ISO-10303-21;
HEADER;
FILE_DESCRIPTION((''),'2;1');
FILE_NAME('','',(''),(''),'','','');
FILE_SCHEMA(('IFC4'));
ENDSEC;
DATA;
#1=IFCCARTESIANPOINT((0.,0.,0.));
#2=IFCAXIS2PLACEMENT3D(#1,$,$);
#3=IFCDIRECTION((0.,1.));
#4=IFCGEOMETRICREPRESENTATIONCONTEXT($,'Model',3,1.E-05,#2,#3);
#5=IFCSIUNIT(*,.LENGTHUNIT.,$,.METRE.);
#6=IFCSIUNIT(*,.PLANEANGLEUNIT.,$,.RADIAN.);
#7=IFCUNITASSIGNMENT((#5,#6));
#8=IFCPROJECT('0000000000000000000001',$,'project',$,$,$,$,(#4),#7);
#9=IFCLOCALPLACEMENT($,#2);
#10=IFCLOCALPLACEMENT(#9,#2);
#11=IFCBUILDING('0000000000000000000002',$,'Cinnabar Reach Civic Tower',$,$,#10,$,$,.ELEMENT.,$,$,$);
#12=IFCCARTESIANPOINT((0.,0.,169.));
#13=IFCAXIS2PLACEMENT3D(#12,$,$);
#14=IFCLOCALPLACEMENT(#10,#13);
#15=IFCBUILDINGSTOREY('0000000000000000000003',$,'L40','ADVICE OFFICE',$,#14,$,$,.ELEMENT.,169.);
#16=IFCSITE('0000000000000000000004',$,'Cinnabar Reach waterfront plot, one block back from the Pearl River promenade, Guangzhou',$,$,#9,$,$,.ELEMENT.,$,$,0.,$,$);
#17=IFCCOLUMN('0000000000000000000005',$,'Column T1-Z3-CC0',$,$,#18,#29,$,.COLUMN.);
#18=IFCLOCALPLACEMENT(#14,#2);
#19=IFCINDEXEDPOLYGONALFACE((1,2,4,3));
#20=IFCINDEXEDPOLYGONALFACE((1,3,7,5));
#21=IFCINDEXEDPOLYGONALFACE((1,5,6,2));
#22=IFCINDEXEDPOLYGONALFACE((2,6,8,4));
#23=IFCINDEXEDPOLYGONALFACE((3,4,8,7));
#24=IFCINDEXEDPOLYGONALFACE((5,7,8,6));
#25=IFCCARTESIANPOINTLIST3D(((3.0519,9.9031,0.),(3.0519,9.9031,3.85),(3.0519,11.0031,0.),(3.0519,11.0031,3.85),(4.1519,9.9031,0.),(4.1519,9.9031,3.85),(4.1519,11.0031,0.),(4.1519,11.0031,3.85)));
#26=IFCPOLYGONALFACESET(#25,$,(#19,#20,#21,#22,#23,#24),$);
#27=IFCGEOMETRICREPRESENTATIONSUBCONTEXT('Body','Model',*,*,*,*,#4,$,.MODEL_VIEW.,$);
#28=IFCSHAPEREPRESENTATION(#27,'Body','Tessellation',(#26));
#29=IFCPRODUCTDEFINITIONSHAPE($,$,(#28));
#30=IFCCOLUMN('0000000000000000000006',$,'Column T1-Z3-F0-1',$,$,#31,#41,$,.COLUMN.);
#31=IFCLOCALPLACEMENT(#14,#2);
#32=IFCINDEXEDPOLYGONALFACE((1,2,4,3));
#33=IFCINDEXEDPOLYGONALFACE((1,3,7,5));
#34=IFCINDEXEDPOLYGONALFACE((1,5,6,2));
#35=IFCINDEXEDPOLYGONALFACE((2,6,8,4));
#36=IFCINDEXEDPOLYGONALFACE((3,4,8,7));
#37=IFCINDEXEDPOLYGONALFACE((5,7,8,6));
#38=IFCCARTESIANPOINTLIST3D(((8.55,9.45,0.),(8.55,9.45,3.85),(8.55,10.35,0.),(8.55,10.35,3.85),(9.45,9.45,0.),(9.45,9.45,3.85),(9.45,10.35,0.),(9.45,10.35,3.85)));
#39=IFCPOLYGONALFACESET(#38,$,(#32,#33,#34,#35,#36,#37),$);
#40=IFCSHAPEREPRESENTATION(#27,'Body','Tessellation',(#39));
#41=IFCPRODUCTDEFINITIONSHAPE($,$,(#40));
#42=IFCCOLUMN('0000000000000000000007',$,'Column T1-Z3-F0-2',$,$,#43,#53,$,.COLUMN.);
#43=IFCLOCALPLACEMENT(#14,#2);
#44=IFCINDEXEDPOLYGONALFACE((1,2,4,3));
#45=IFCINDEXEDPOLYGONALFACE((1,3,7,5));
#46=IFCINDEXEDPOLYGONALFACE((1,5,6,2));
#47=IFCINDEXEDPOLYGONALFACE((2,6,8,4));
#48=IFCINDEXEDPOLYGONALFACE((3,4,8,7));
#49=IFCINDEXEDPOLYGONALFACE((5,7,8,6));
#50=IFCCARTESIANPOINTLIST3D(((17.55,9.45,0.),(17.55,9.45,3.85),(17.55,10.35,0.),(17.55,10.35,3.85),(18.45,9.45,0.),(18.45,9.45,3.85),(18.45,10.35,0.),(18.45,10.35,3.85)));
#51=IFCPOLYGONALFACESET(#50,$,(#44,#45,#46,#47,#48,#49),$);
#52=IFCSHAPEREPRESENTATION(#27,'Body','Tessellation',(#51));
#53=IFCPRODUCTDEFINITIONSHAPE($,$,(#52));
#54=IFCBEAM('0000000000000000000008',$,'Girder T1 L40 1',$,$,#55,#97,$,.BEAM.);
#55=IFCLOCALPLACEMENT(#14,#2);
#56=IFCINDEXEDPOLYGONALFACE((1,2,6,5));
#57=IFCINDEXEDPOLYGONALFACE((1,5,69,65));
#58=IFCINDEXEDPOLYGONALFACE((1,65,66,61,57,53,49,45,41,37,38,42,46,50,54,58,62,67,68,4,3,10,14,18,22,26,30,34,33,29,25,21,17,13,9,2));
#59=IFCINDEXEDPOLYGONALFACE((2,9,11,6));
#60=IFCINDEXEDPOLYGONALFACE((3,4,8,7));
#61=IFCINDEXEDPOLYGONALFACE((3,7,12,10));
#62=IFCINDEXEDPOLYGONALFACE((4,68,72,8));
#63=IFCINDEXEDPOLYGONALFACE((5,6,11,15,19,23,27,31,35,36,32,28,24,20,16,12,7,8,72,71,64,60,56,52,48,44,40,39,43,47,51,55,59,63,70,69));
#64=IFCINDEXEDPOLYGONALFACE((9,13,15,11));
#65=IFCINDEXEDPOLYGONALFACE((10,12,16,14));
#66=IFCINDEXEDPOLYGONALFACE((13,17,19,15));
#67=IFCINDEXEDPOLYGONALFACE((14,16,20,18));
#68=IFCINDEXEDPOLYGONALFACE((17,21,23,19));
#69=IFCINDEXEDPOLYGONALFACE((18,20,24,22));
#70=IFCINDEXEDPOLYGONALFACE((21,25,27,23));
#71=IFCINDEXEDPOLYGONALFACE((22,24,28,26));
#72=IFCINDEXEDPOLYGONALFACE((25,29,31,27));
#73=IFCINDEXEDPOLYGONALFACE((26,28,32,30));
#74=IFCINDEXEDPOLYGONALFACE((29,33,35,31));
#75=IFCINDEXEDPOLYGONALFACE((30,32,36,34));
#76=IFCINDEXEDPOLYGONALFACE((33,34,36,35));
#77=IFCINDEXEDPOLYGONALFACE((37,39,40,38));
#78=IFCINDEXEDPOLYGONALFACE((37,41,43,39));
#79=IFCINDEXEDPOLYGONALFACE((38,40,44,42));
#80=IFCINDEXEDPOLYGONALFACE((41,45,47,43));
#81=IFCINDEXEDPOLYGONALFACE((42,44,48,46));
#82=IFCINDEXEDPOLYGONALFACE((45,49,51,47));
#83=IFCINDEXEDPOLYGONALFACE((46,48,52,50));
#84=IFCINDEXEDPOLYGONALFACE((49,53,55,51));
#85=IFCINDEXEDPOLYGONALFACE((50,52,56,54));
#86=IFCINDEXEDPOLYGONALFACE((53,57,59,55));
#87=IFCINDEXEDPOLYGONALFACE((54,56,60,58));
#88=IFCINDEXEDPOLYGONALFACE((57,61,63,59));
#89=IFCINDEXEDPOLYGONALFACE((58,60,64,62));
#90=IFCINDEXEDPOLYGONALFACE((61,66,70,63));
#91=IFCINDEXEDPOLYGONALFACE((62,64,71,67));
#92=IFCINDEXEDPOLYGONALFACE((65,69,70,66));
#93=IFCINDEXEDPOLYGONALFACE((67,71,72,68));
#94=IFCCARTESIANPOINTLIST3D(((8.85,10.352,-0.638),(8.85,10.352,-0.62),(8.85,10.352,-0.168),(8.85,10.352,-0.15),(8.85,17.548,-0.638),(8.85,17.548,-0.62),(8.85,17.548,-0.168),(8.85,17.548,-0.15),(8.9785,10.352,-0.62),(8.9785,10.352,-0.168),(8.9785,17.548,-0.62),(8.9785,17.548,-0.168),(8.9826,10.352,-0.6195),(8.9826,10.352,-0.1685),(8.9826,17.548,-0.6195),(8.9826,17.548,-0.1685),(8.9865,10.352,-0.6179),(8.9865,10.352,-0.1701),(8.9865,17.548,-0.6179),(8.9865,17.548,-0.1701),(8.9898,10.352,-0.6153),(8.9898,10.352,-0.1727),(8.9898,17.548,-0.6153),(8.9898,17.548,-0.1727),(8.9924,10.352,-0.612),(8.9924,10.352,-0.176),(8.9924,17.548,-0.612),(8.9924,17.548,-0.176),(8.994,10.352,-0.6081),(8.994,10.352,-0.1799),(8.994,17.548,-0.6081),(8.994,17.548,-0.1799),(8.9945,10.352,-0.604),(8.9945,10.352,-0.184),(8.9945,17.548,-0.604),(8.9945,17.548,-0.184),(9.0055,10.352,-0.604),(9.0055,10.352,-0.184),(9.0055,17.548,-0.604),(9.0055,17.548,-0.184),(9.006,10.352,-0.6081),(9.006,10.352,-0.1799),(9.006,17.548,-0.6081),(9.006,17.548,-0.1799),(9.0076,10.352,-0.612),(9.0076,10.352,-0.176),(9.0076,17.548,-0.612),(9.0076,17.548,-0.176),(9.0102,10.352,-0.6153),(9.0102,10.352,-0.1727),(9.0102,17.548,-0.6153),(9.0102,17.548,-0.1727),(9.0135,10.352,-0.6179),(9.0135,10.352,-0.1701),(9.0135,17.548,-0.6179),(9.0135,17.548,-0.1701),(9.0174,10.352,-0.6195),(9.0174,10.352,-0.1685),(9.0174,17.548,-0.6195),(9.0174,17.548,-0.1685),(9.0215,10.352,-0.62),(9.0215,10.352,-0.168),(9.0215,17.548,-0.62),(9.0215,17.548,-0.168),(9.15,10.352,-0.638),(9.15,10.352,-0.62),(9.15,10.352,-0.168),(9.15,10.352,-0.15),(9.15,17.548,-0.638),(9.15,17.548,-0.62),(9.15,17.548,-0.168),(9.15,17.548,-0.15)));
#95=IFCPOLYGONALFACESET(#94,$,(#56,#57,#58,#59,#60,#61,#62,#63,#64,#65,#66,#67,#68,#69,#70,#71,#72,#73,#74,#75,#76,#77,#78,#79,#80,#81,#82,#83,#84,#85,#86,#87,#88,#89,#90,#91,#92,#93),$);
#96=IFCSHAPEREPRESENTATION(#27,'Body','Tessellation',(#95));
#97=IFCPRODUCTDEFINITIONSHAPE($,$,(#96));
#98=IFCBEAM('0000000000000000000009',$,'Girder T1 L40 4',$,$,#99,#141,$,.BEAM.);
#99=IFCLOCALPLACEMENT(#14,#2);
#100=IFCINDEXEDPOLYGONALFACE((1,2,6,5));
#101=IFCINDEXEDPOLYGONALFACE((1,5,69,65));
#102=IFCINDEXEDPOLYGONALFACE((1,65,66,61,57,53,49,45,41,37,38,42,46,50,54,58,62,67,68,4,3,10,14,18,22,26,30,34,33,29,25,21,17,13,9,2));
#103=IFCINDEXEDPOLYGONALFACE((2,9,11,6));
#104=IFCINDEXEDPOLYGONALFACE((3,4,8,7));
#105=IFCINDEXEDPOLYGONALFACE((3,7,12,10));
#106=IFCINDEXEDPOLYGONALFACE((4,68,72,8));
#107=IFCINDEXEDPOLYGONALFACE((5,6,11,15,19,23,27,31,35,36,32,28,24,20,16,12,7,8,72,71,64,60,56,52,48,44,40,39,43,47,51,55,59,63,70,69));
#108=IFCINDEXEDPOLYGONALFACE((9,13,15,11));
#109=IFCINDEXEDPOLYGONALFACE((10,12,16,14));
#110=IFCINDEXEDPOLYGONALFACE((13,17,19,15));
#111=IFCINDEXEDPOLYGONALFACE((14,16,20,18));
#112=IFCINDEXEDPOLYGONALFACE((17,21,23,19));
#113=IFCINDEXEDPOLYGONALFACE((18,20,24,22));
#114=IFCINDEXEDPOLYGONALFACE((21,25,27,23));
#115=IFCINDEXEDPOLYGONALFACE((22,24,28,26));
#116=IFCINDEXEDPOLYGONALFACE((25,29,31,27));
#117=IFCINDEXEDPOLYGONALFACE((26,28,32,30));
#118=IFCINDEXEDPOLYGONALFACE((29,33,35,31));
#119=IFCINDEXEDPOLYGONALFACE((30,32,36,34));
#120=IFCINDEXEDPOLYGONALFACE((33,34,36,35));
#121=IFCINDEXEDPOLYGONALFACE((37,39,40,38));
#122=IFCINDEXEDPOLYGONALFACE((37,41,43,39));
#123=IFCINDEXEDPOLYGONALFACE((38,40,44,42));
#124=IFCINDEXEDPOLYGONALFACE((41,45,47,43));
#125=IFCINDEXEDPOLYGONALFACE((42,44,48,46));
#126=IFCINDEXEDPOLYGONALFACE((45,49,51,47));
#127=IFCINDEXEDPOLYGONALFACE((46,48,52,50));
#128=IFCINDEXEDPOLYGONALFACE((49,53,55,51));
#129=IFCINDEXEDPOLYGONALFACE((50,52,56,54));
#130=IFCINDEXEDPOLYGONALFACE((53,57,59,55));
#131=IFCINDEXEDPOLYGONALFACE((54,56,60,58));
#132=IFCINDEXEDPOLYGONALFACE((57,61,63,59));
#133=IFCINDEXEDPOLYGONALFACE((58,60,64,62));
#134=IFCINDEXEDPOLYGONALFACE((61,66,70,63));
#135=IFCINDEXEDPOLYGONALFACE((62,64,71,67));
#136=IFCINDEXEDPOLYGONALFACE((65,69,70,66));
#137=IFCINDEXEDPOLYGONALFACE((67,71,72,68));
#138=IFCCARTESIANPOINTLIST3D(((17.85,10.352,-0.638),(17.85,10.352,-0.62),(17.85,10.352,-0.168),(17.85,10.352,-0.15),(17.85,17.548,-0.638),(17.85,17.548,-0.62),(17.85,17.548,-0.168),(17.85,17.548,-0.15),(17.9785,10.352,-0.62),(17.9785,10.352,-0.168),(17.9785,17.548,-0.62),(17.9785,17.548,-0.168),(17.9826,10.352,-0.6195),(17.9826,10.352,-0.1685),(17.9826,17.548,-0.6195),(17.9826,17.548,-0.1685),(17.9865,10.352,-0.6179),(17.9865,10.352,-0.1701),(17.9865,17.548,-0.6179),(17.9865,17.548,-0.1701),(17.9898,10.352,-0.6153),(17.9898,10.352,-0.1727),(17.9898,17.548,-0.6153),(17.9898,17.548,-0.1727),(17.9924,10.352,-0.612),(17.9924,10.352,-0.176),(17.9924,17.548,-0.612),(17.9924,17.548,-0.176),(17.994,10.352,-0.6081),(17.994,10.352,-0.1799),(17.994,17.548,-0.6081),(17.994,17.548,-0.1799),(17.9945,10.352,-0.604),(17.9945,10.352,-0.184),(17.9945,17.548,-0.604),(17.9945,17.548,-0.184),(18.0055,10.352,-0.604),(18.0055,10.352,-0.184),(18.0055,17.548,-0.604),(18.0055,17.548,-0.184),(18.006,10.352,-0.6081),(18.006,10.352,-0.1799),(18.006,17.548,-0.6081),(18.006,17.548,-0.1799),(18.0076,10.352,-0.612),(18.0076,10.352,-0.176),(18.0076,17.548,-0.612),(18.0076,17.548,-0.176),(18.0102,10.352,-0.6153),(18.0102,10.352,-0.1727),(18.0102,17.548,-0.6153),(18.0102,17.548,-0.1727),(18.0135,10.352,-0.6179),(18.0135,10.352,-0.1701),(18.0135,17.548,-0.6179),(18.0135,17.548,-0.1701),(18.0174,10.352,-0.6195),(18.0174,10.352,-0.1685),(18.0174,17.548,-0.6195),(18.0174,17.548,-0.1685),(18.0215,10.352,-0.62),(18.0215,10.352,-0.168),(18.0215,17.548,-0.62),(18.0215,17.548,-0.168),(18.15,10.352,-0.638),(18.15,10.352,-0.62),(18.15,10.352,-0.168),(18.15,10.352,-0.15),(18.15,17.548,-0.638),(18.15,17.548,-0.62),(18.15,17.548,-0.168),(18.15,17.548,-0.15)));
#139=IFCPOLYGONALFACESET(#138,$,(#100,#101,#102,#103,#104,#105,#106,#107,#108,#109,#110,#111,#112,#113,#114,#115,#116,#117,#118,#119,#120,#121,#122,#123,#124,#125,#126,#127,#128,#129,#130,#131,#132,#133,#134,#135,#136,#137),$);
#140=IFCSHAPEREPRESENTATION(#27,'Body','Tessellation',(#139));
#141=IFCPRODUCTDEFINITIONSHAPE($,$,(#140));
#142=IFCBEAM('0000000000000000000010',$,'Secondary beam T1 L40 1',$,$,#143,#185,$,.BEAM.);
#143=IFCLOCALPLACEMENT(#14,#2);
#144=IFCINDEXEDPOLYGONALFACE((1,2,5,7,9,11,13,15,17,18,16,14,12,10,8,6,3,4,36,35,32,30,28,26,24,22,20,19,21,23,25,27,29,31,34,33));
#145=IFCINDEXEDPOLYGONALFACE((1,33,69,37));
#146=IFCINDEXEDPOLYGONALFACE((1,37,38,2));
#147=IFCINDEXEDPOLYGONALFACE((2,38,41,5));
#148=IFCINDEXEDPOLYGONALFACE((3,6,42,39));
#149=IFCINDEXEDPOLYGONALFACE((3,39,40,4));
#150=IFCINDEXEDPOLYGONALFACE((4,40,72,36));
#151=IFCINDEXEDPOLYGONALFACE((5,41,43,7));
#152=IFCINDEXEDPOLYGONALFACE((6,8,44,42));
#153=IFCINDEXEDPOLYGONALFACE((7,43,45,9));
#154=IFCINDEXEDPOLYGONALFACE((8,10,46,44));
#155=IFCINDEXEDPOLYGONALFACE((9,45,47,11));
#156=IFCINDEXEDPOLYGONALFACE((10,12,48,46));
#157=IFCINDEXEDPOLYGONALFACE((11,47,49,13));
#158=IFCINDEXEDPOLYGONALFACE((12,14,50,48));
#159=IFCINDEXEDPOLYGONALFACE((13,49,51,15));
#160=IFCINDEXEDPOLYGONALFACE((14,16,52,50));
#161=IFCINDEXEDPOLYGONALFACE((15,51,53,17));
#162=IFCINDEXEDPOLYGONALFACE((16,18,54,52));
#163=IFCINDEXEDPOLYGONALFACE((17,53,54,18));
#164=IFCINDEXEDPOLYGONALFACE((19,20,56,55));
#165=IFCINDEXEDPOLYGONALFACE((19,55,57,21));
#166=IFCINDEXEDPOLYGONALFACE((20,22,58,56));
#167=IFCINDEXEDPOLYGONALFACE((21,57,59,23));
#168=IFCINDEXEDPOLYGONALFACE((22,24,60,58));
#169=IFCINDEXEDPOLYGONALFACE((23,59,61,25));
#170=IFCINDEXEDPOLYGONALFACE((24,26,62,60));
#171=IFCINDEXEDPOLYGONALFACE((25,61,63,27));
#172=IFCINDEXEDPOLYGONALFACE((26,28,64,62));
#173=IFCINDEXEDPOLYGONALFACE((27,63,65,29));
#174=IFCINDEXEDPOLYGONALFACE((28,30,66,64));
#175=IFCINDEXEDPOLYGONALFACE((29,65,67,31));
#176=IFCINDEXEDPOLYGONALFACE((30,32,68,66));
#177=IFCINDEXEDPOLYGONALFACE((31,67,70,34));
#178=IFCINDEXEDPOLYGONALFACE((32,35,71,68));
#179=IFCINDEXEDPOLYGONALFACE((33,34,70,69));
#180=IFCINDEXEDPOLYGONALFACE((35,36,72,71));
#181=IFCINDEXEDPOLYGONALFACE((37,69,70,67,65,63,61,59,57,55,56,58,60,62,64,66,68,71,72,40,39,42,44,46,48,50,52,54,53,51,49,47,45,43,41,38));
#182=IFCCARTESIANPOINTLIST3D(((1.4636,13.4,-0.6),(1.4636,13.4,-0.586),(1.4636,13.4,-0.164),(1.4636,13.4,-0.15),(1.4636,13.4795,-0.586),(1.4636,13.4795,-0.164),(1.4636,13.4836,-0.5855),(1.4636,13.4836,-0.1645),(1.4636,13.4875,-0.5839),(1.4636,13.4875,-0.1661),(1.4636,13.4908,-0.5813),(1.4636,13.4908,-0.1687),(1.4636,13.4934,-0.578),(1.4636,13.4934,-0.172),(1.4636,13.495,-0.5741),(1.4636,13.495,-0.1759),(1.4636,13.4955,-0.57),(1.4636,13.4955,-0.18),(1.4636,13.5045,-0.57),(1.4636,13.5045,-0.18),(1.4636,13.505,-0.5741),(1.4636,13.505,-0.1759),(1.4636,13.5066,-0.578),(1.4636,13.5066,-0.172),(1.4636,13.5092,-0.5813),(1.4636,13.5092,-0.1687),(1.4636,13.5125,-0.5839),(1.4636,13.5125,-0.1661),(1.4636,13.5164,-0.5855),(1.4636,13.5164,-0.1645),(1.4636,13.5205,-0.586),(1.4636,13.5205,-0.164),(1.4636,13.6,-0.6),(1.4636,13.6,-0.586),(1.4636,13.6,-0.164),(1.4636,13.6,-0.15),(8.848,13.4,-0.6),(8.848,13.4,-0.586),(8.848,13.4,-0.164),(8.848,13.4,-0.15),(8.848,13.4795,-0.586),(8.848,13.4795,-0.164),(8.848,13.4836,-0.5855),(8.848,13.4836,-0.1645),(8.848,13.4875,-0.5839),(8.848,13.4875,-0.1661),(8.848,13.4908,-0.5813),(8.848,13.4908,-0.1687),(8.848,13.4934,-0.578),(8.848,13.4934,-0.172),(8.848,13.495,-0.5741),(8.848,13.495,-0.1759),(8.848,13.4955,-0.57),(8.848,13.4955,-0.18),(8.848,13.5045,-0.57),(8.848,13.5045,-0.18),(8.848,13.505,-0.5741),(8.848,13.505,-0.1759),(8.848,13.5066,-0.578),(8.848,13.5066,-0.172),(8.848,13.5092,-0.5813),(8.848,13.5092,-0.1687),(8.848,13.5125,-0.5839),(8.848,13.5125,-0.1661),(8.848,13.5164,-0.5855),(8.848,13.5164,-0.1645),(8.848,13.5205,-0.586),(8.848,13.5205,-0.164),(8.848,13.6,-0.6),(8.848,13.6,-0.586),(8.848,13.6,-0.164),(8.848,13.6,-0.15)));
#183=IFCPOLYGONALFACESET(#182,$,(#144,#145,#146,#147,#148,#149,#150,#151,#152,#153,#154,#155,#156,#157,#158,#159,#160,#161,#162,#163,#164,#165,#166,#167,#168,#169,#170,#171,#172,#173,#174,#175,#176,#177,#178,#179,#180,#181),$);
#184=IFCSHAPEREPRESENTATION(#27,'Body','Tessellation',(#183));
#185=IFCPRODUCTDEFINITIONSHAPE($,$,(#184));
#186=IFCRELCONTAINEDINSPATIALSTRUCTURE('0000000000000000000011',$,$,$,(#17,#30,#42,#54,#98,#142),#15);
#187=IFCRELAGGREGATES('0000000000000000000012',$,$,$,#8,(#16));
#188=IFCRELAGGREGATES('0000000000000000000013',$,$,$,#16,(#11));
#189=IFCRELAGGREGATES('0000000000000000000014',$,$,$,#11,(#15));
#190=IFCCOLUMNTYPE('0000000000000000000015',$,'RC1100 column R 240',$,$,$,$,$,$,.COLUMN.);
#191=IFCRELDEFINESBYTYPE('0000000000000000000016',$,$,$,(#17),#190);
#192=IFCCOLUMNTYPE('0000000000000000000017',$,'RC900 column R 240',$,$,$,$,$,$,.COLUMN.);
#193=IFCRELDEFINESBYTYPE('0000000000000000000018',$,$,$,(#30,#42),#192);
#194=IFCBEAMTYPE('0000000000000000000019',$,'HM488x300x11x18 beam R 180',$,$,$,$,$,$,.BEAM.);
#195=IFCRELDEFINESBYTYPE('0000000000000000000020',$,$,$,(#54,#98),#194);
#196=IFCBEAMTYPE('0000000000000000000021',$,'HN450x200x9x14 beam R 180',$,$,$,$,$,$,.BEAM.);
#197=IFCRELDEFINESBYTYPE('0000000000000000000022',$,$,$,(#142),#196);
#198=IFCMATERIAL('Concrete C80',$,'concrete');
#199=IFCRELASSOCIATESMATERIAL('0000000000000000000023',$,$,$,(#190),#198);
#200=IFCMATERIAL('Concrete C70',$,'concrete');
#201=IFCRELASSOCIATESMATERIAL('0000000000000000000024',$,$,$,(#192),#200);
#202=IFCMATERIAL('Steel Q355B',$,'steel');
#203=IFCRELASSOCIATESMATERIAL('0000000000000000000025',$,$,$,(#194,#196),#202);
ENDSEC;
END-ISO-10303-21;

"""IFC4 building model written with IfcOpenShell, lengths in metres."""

from ifc_helpers import new_model, si_unit, direction, frame, origin, origin_2d, place, context, subcontext, project, spatial, rectangle, i_section, extrude, material, material_profile, profile_set, type_object, element, save


model = new_model("IFC4")

# Units and contexts
model_context = context("Model", 3, precision=1e-05, world=origin(), true_north=direction((0.0, 1.0)))
body_context = subcontext(model_context, "Body", "Model", "MODEL_VIEW")
ifc_project = project(units=[si_unit("LENGTHUNIT", "METRE"), si_unit("PLANEANGLEUNIT", "RADIAN")], contexts=[model_context])

# Site, building, storey
site_placement = place(None, origin())
site = spatial("IfcSite", under=ifc_project, at=site_placement, Name="Cinnabar Reach waterfront plot, one block back from the Pearl River promenade, Guangzhou", CompositionType="ELEMENT", RefElevation=0.0)
building_placement = place(site_placement, origin())
building = spatial("IfcBuilding", under=site, at=building_placement, Name="Cinnabar Reach Civic Tower", CompositionType="ELEMENT")
storey_placement = place(building_placement, frame((0.0, 0.0, 169.0)))
storey = spatial("IfcBuildingStorey", under=building, at=storey_placement, Name="L40", Description="ADVICE OFFICE", CompositionType="ELEMENT", Elevation=169.0)

# Columns
ifc_material_1 = material(Name="Concrete C80", Category="concrete")
ifc_material_profile_1 = material_profile(ifc_material_1, rectangle(XDim=1.1, YDim=1.1, at=origin_2d()), Name="RC1100")
ifc_profile_set_1 = profile_set([ifc_material_profile_1], Name="Concrete C80")
column_type_1 = type_object("IfcColumnType", Name="RC1100 column R 240", PredefinedType="COLUMN", material=ifc_profile_set_1)
column_placement = place(storey_placement, frame((3.6019, 10.4531, 0.0), z_axis=(0.0, 0.0, 1.0), x_axis=(1.0, 0.0, 0.0)))
element("IfcColumn", 1, at=column_placement, inside=storey, type_object=column_type_1, Name="Column T1-Z3-CC0", PredefinedType="COLUMN", context=body_context, shape_type="SweptSolid", body=[
    extrude(rectangle(XDim=1.1, YDim=1.1, at=origin_2d()), origin(), (0.0, 0.0, 1.0), 3.85),
])
ifc_material_2 = material(Name="Concrete C70", Category="concrete")
ifc_material_profile_2 = material_profile(ifc_material_2, rectangle(XDim=0.9, YDim=0.9, at=origin_2d()), Name="RC900")
ifc_profile_set_2 = profile_set([ifc_material_profile_2], Name="Concrete C70")
column_type_2 = type_object("IfcColumnType", Name="RC900 column R 240", PredefinedType="COLUMN", material=ifc_profile_set_2)
for number, where, z_axis, x_axis, name in (
    (2, (9.0, 9.9, 0.0), (0.0, 0.0, 1.0), (1.0, 0.0, 0.0), "Column T1-Z3-F0-1"),
    (3, (18.0, 9.9, 0.0), (0.0, 0.0, 1.0), (1.0, 0.0, 0.0), "Column T1-Z3-F0-2"),
):
    element("IfcColumn", number, at=place(storey_placement, frame(where, z_axis=z_axis, x_axis=x_axis)), inside=storey, type_object=column_type_2, Name=name, PredefinedType="COLUMN", context=body_context, shape_type="SweptSolid", body=[
        extrude(rectangle(XDim=0.9, YDim=0.9, at=origin_2d()), origin(), (0.0, 0.0, 1.0), 3.85),
    ])

# Beams
ifc_material_3 = material(Name="Steel Q355B", Category="steel")
ifc_material_profile_3 = material_profile(ifc_material_3, i_section(OverallWidth=0.3, OverallDepth=0.488, WebThickness=0.011, FlangeThickness=0.018, FilletRadius=0.016, at=origin_2d()), Name="HM488x300x11x18")
ifc_profile_set_3 = profile_set([ifc_material_profile_3], Name="Steel Q355B")
beam_type_1 = type_object("IfcBeamType", Name="HM488x300x11x18 beam R 180", PredefinedType="BEAM", material=ifc_profile_set_3)
for number, where, z_axis, x_axis, name in (
    (4, (9.0, 10.352, -0.394), (0.0, 1.0, 0.0), (-1.0, 0.0, 0.0), "Girder T1 L40 1"),
    (5, (18.0, 10.352, -0.394), (0.0, 1.0, 0.0), (-1.0, 0.0, 0.0), "Girder T1 L40 4"),
):
    element("IfcBeam", number, at=place(storey_placement, frame(where, z_axis=z_axis, x_axis=x_axis)), inside=storey, type_object=beam_type_1, Name=name, PredefinedType="BEAM", context=body_context, shape_type="SweptSolid", body=[
        extrude(i_section(OverallWidth=0.3, OverallDepth=0.488, WebThickness=0.011, FlangeThickness=0.018, FilletRadius=0.016, at=origin_2d()), origin(), (0.0, 0.0, 1.0), 7.196),
    ])
ifc_material_profile_4 = material_profile(ifc_material_3, i_section(OverallWidth=0.2, OverallDepth=0.45, WebThickness=0.009, FlangeThickness=0.014, FilletRadius=0.016, at=origin_2d()), Name="HN450x200x9x14")
ifc_profile_set_4 = profile_set([ifc_material_profile_4], Name="Steel Q355B")
beam_type_2 = type_object("IfcBeamType", Name="HN450x200x9x14 beam R 180", PredefinedType="BEAM", material=ifc_profile_set_4)
beam_1_placement = place(storey_placement, frame((1.4636, 13.5, -0.375), z_axis=(1.0, 0.0, 0.0), x_axis=(0.0, 1.0, 0.0)))
element("IfcBeam", 6, at=beam_1_placement, inside=storey, type_object=beam_type_2, Name="Secondary beam T1 L40 1", PredefinedType="BEAM", context=body_context, shape_type="SweptSolid", body=[
    extrude(i_section(OverallWidth=0.2, OverallDepth=0.45, WebThickness=0.009, FlangeThickness=0.014, FilletRadius=0.016, at=origin_2d()), origin(), (0.0, 0.0, 1.0), 7.3844),
])

save(model, "model.ifc")
